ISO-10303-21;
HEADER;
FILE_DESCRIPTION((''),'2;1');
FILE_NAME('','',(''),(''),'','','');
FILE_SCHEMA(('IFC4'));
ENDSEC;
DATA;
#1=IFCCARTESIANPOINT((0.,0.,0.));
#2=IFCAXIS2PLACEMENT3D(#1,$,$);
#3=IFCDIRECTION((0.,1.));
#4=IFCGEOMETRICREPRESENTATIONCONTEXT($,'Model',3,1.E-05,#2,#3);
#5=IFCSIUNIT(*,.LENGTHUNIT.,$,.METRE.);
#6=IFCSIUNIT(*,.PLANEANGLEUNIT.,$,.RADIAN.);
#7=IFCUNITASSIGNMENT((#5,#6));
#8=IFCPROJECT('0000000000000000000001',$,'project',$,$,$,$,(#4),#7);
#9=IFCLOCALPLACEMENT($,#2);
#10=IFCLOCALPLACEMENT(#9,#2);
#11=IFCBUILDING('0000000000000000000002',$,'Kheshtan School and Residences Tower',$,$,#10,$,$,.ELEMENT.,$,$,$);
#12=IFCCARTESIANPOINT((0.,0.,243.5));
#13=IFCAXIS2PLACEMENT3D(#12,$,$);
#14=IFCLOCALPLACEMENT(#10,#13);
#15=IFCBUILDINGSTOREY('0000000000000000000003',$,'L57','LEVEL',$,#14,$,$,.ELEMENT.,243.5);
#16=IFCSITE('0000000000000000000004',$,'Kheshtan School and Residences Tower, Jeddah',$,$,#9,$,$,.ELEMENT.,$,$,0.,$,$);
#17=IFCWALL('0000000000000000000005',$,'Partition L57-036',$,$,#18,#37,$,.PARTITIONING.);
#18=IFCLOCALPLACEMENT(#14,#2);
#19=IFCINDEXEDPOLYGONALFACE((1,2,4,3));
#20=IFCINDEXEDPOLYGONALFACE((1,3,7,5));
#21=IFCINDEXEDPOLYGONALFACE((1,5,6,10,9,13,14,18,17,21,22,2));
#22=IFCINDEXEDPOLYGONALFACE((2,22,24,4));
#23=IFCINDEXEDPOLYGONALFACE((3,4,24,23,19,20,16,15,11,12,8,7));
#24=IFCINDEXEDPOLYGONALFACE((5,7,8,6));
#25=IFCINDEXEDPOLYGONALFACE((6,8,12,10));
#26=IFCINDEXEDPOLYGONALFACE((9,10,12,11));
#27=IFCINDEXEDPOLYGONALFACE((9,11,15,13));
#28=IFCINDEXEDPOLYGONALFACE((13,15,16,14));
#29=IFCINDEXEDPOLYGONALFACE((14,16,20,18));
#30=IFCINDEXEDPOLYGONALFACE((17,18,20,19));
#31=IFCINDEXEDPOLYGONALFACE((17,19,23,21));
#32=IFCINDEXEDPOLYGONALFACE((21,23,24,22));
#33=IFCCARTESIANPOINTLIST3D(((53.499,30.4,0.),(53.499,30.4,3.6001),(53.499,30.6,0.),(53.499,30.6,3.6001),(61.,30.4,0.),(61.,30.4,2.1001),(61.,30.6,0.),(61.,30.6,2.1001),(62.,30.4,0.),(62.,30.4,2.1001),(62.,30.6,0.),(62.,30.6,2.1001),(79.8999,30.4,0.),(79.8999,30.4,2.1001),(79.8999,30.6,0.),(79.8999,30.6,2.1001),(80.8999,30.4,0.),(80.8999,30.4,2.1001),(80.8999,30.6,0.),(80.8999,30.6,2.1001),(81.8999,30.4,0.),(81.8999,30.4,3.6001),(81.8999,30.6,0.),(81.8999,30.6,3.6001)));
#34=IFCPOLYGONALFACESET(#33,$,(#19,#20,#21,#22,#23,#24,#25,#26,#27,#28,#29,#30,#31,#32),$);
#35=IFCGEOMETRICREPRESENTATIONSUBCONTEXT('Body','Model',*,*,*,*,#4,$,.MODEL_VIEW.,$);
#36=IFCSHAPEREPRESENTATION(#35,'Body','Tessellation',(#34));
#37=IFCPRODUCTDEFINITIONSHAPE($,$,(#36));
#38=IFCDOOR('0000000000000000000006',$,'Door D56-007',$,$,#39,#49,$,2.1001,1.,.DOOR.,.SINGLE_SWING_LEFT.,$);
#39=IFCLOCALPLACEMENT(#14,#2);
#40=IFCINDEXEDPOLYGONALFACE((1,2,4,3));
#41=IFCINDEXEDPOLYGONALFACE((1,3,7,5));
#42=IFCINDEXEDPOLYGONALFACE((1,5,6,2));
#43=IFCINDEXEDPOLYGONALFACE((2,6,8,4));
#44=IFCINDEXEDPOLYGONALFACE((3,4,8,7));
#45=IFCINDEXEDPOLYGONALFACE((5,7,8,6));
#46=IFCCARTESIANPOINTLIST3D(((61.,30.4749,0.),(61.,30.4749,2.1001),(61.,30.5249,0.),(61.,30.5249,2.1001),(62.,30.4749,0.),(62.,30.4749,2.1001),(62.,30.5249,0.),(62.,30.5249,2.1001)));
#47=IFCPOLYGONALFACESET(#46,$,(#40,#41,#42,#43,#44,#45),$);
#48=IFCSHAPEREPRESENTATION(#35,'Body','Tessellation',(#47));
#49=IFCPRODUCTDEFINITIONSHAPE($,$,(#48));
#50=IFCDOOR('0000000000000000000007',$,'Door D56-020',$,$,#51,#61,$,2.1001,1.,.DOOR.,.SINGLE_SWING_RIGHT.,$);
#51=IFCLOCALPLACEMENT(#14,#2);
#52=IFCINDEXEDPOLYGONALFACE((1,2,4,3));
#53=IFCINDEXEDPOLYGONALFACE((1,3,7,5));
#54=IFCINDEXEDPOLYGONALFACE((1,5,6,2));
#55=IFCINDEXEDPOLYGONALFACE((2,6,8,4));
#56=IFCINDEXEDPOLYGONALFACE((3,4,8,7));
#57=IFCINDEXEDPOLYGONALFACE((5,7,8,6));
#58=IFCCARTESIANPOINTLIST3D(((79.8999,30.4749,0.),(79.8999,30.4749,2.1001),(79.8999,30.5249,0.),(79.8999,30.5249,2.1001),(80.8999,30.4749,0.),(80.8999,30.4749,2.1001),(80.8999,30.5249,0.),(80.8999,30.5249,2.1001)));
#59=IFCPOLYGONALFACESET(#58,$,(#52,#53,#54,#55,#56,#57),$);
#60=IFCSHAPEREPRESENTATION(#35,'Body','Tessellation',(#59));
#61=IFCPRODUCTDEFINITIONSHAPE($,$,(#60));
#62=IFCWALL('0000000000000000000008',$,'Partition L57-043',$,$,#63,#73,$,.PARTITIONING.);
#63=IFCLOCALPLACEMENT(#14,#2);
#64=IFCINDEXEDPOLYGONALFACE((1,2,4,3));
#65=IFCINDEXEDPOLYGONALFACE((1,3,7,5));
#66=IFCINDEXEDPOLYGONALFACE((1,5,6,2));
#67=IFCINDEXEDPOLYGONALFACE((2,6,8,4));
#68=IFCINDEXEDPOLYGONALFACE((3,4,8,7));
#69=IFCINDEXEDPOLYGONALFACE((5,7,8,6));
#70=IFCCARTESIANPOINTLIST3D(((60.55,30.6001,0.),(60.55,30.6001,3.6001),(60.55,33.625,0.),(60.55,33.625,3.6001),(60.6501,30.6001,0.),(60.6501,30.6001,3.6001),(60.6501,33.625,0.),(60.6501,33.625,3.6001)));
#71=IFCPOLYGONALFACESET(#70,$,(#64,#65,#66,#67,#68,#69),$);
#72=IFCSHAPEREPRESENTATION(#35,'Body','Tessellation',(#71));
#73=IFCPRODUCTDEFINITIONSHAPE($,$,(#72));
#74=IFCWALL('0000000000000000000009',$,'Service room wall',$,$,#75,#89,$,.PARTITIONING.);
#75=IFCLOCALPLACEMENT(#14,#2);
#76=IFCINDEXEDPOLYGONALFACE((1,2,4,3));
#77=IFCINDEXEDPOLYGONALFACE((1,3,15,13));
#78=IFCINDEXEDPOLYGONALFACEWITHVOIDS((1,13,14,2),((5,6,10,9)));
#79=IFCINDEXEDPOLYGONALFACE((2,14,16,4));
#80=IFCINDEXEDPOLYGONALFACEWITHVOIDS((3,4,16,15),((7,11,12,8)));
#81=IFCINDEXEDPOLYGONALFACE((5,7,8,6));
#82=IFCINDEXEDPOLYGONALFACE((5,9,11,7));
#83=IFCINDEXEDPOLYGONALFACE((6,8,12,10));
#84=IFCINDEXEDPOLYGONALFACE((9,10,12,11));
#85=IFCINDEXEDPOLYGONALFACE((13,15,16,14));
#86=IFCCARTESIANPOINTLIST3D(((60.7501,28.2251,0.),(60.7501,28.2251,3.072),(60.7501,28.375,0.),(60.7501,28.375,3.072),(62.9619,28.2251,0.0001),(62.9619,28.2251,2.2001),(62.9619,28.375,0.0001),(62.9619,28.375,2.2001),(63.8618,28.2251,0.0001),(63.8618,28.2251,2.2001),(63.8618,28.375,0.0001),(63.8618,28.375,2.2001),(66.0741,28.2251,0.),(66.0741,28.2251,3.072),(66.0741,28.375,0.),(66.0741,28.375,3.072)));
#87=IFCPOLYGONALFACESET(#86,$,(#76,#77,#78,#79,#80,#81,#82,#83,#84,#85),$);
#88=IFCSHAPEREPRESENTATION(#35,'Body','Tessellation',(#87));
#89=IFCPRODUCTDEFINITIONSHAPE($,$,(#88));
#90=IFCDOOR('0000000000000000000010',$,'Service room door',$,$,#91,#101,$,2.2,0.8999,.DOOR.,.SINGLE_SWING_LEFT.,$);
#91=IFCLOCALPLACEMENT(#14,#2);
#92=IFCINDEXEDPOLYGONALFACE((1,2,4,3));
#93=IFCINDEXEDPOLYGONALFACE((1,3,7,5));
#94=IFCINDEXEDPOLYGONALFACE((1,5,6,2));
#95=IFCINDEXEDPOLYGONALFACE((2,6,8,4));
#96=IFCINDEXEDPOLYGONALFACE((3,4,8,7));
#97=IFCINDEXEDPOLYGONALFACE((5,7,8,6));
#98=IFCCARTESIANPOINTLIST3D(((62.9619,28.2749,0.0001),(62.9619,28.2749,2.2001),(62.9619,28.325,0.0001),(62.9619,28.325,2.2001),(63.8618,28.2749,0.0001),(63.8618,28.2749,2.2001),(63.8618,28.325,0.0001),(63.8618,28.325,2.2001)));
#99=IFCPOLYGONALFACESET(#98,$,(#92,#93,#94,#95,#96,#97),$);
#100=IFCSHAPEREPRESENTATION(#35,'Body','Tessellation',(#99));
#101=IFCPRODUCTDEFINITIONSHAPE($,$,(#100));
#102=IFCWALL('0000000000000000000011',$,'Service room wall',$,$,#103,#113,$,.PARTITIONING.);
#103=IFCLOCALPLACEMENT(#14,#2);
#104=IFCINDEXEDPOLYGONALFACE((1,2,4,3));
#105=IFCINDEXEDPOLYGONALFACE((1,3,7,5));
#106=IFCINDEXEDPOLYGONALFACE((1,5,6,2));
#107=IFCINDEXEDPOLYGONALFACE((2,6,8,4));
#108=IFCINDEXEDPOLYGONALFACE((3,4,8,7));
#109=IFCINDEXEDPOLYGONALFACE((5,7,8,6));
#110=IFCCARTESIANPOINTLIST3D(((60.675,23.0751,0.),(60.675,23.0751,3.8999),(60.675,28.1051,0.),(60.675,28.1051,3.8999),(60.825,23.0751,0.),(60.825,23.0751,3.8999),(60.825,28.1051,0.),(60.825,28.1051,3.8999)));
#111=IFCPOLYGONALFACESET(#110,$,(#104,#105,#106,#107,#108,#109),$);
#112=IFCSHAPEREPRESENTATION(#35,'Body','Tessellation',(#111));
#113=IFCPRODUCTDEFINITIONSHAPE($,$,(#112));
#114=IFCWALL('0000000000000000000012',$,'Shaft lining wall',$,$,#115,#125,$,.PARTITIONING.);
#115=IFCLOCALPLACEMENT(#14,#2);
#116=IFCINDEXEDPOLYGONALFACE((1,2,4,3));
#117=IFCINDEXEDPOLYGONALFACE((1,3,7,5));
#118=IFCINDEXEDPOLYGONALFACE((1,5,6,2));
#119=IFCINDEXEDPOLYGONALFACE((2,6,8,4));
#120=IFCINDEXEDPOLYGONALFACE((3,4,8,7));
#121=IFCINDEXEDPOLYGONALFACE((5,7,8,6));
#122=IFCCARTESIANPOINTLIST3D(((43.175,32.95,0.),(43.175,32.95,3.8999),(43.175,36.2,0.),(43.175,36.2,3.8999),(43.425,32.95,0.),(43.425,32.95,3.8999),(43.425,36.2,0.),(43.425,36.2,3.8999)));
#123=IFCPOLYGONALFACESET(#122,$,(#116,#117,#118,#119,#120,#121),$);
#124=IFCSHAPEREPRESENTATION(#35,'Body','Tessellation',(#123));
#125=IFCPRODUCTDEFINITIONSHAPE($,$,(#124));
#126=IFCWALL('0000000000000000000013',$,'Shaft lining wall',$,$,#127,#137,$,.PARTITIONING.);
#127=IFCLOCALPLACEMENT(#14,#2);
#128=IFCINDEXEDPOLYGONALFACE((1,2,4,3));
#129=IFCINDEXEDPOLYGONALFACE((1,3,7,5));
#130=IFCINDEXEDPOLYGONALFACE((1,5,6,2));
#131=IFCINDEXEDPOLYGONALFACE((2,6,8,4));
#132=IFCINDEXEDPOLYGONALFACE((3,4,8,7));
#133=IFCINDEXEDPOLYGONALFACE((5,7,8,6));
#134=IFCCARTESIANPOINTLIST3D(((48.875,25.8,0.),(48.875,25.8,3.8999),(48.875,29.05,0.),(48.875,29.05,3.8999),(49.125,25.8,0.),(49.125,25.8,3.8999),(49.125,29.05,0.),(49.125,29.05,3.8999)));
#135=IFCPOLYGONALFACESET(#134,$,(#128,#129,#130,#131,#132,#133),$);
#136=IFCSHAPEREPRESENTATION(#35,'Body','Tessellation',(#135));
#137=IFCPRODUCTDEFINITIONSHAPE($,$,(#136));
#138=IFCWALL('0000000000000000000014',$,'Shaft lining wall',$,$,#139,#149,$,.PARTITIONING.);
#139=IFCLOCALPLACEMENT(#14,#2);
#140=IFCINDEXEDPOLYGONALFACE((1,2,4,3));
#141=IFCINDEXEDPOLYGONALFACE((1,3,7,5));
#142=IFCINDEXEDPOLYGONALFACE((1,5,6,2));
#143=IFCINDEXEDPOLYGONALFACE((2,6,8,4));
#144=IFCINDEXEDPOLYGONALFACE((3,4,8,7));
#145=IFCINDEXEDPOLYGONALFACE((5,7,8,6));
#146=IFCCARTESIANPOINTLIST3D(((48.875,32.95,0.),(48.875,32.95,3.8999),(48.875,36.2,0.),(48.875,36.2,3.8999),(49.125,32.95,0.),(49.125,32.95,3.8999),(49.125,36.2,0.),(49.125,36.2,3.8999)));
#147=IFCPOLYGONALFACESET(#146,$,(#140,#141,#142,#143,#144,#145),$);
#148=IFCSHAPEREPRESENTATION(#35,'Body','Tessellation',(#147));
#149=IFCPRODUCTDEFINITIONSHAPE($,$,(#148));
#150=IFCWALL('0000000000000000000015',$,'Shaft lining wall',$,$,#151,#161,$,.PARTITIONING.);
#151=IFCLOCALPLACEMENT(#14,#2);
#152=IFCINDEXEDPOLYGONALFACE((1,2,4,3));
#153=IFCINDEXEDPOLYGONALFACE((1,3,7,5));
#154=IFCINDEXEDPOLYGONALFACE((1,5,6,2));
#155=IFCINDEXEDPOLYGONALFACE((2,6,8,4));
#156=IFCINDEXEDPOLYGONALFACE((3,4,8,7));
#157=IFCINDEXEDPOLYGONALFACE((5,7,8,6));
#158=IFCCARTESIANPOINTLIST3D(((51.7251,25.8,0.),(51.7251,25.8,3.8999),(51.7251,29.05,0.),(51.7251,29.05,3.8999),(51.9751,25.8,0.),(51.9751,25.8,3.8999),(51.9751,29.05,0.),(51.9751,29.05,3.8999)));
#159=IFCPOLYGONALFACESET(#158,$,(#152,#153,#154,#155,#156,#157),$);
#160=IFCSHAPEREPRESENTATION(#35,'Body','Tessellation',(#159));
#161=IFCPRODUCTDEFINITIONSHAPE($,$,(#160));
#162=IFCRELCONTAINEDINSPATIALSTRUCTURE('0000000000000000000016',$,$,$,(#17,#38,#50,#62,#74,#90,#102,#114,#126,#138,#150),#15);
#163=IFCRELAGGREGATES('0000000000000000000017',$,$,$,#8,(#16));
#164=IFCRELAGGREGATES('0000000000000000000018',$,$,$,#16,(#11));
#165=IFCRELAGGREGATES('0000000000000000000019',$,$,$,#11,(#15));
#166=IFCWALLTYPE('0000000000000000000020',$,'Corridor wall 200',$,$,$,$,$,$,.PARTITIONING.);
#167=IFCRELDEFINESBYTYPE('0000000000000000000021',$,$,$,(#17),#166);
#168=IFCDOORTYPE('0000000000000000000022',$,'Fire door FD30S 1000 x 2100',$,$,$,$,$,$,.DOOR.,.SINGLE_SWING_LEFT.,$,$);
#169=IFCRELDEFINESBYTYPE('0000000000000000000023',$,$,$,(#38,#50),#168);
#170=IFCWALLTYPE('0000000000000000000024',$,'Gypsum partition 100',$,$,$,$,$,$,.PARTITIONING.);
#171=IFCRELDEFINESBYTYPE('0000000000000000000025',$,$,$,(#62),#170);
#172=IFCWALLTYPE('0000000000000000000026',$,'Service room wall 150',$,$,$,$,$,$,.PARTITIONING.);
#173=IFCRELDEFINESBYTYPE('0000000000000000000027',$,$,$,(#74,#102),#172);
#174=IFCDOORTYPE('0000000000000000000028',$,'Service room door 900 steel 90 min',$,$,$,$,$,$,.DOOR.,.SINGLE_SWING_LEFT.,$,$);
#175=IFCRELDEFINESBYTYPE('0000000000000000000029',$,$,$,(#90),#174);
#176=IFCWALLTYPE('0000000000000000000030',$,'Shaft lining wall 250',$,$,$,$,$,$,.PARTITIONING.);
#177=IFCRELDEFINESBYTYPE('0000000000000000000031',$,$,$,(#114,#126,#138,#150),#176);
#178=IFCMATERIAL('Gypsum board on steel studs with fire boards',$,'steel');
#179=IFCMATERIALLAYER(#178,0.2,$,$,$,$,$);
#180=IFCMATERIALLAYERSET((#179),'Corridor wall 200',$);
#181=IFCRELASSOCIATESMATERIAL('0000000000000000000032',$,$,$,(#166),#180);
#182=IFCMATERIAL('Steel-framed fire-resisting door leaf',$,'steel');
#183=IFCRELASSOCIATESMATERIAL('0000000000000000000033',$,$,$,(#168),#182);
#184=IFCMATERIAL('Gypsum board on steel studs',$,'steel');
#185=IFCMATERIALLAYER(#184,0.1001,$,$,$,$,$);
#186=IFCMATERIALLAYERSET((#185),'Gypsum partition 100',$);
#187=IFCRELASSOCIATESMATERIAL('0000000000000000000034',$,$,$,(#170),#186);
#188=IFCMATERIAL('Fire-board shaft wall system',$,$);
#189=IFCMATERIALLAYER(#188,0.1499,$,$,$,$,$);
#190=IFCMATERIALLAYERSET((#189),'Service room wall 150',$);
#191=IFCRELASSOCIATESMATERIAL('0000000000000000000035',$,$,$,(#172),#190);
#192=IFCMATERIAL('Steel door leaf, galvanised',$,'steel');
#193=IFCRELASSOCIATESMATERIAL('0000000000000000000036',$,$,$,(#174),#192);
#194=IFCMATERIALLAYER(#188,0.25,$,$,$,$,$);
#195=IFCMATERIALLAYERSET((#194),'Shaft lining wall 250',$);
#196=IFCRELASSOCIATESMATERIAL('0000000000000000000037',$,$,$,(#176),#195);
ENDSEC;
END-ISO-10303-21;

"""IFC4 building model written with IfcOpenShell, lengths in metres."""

from ifc_helpers import new_model, si_unit, direction, frame, frame_2d, origin, place, context, subcontext, project, spatial, rectangle, extrude, source, transform, mapped, material, layer, layer_set, type_object, element, fill, save


model = new_model("IFC4")

# Units and contexts
model_context = context("Model", 3, precision=1e-05, world=origin(), true_north=direction((0.0, 1.0)))
body_context = subcontext(model_context, "Body", "Model", "MODEL_VIEW")
ifc_project = project(units=[si_unit("LENGTHUNIT", "METRE"), si_unit("PLANEANGLEUNIT", "RADIAN")], contexts=[model_context])

# Site, building, storey
site_placement = place(None, origin())
site = spatial("IfcSite", under=ifc_project, at=site_placement, Name="Kheshtan School and Residences Tower, Jeddah", CompositionType="ELEMENT", RefElevation=0.0)
building_placement = place(site_placement, origin())
building = spatial("IfcBuilding", under=site, at=building_placement, Name="Kheshtan School and Residences Tower", CompositionType="ELEMENT")
storey_placement = place(building_placement, frame((0.0, 0.0, 243.5)))
storey = spatial("IfcBuildingStorey", under=building, at=storey_placement, Name="L57", Description="LEVEL", CompositionType="ELEMENT", Elevation=243.5)

# Shared definitions
ifc_material_1 = material(Name="Gypsum board on steel studs with fire boards", Category="steel")
ifc_layer_1 = layer(ifc_material_1, 0.2)
ifc_layer_set_1 = layer_set([ifc_layer_1], Name="Corridor wall 200")
wall_type_1 = type_object("IfcWallType", Name="Corridor wall 200", PredefinedType="PARTITIONING", material=ifc_layer_set_1)
ifc_material_2 = material(Name="Steel-framed fire-resisting door leaf", Category="steel")

# Wall, openings, doors
wall_1_placement = place(storey_placement, frame((53.499, 30.5, 0.0), z_axis=(0.0, 0.0, 1.0), x_axis=(1.0, 0.0, 0.0)))
wall_1 = element("IfcWall", 1, at=wall_1_placement, inside=storey, type_object=wall_type_1, Name="Partition L57-036", PredefinedType="PARTITIONING", context=body_context, shape_type="SweptSolid", body=[
    extrude(rectangle(XDim=28.4009, YDim=0.2, at=frame_2d((14.2004, 0.0))), origin(), (0.0, 0.0, 1.0), 3.6001),
])
opening_1_placement = place(wall_1_placement, frame((7.501, 0.0, 0.0)))
opening_1 = element("IfcOpeningElement", 2, at=opening_1_placement, cuts=wall_1, PredefinedType="OPENING", context=body_context, shape_type="SweptSolid", body=[
    extrude(rectangle(XDim=1.0, YDim=2.1001, at=frame_2d((0.5, 1.05))), frame((0.0, 0.1099, 0.0), z_axis=(0.0, -1.0, 0.0), x_axis=(1.0, 0.0, 0.0)), (0.0, 0.0, 1.0), 0.22),
])
opening_2_placement = place(wall_1_placement, frame((26.4009, 0.0, 0.0)))
opening_2 = element("IfcOpeningElement", 3, at=opening_2_placement, cuts=wall_1, PredefinedType="OPENING", context=body_context, shape_type="SweptSolid", body=[
    extrude(rectangle(XDim=1.0, YDim=2.1001, at=frame_2d((0.5, 1.05))), frame((0.0, 0.1099, 0.0), z_axis=(0.0, -1.0, 0.0), x_axis=(1.0, 0.0, 0.0)), (0.0, 0.0, 1.0), 0.22),
])
door_type_1 = type_object("IfcDoorType", Name="Fire door FD30S 1000 x 2100", OperationType="SINGLE_SWING_LEFT", PredefinedType="DOOR", material=ifc_material_2)
shared_shape_1 = source(origin(), body_context, "Body", "SweptSolid", [
    extrude(rectangle(XDim=1.0, YDim=2.1001, at=frame_2d((0.5, 1.05))), frame((0.0, 0.0249, 0.0), z_axis=(0.0, -1.0, 0.0), x_axis=(1.0, 0.0, 0.0)), (0.0, 0.0, 1.0), 0.05),
])
door_1_placement = place(opening_1_placement, origin())
door_1 = element("IfcDoor", 4, at=door_1_placement, inside=storey, type_object=door_type_1, Name="Door D56-007", OperationType="SINGLE_SWING_LEFT", OverallHeight=2.1001, OverallWidth=1.0, PredefinedType="DOOR", context=body_context, shape_type="MappedRepresentation", body=[
    mapped(shared_shape_1, transform((0.0, 0.0, 0.0), x_axis=(1.0, 0.0, 0.0), y_axis=(0.0, 1.0, 0.0), z_axis=(0.0, 0.0, 1.0), scale=1.0)),
])
fill(opening_1, door_1)
door_2_placement = place(opening_2_placement, origin())
door_2 = element("IfcDoor", 5, at=door_2_placement, inside=storey, type_object=door_type_1, Name="Door D56-020", OperationType="SINGLE_SWING_RIGHT", OverallHeight=2.1001, OverallWidth=1.0, PredefinedType="DOOR", context=body_context, shape_type="MappedRepresentation", body=[
    mapped(shared_shape_1, transform((0.0, 0.0, 0.0), x_axis=(1.0, 0.0, 0.0), y_axis=(0.0, 1.0, 0.0), z_axis=(0.0, 0.0, 1.0), scale=1.0)),
])
fill(opening_2, door_2)

# Wall
ifc_material_3 = material(Name="Gypsum board on steel studs", Category="steel")
ifc_layer_2 = layer(ifc_material_3, 0.1001)
ifc_layer_set_2 = layer_set([ifc_layer_2], Name="Gypsum partition 100")
wall_type_2 = type_object("IfcWallType", Name="Gypsum partition 100", PredefinedType="PARTITIONING", material=ifc_layer_set_2)
wall_2_placement = place(storey_placement, frame((60.6001, 30.6001, 0.0), z_axis=(0.0, 0.0, 1.0), x_axis=(0.0, 1.0, 0.0)))
element("IfcWall", 6, at=wall_2_placement, inside=storey, type_object=wall_type_2, Name="Partition L57-043", PredefinedType="PARTITIONING", context=body_context, shape_type="SweptSolid", body=[
    extrude(rectangle(XDim=3.0249, YDim=0.1001, at=frame_2d((1.5125, 0.0))), origin(), (0.0, 0.0, 1.0), 3.6001),
])

# Wall, opening, door
ifc_material_4 = material(Name="Fire-board shaft wall system")
ifc_layer_3 = layer(ifc_material_4, 0.1499)
ifc_layer_set_3 = layer_set([ifc_layer_3], Name="Service room wall 150")
wall_type_3 = type_object("IfcWallType", Name="Service room wall 150", PredefinedType="PARTITIONING", material=ifc_layer_set_3)
wall_3_placement = place(storey_placement, frame((60.75, 28.3, 0.0), z_axis=(0.0, 0.0, 1.0), x_axis=(1.0, 0.0, 0.0)))
wall_3 = element("IfcWall", 7, at=wall_3_placement, inside=storey, type_object=wall_type_3, Name="Service room wall", PredefinedType="PARTITIONING", context=body_context, shape_type="SweptSolid", body=[
    extrude(rectangle(XDim=5.324, YDim=0.1499, at=frame_2d((2.6621, 0.0))), origin(), (0.0, 0.0, 1.0), 3.072),
])
opening_3_placement = place(wall_3_placement, frame((2.2119, 0.0, 0.0)))
opening_3 = element("IfcOpeningElement", 8, at=opening_3_placement, cuts=wall_3, PredefinedType="OPENING", context=body_context, shape_type="SweptSolid", body=[
    extrude(rectangle(XDim=0.8999, YDim=2.2, at=frame_2d((0.45, 1.1001))), frame((0.0, 0.085, 0.0), z_axis=(0.0, -1.0, 0.0), x_axis=(1.0, 0.0, 0.0)), (0.0, 0.0, 1.0), 0.1699),
])
ifc_material_5 = material(Name="Steel door leaf, galvanised", Category="steel")
door_type_2 = type_object("IfcDoorType", Name="Service room door 900 steel 90 min", OperationType="SINGLE_SWING_LEFT", PredefinedType="DOOR", material=ifc_material_5)
shared_shape_2 = source(origin(), body_context, "Body", "SweptSolid", [
    extrude(rectangle(XDim=0.8999, YDim=2.2, at=frame_2d((0.45, 1.1001))), frame((0.0, 0.0249, 0.0), z_axis=(0.0, -1.0, 0.0), x_axis=(1.0, 0.0, 0.0)), (0.0, 0.0, 1.0), 0.05),
])
door_3_placement = place(opening_3_placement, origin())
door_3 = element("IfcDoor", 9, at=door_3_placement, inside=storey, type_object=door_type_2, Name="Service room door", OperationType="SINGLE_SWING_LEFT", OverallHeight=2.2, OverallWidth=0.8999, PredefinedType="DOOR", context=body_context, shape_type="MappedRepresentation", body=[
    mapped(shared_shape_2, transform((0.0, 0.0, 0.0), x_axis=(1.0, 0.0, 0.0), y_axis=(0.0, 1.0, 0.0), z_axis=(0.0, 0.0, 1.0), scale=1.0)),
])
fill(opening_3, door_3)

# Walls
wall_4_placement = place(storey_placement, frame((60.75, 23.075, 0.0), z_axis=(0.0, 0.0, 1.0), x_axis=(0.0, 1.0, 0.0)))
element("IfcWall", 10, at=wall_4_placement, inside=storey, type_object=wall_type_3, Name="Service room wall", PredefinedType="PARTITIONING", context=body_context, shape_type="SweptSolid", body=[
    extrude(rectangle(XDim=5.03, YDim=0.1499, at=frame_2d((2.5151, 0.0))), origin(), (0.0, 0.0, 1.0), 3.8999),
])
ifc_layer_4 = layer(ifc_material_4, 0.25)
ifc_layer_set_4 = layer_set([ifc_layer_4], Name="Shaft lining wall 250")
wall_type_4 = type_object("IfcWallType", Name="Shaft lining wall 250", PredefinedType="PARTITIONING", material=ifc_layer_set_4)
for number, where, z_axis, x_axis, name in (
    (11, (43.3, 32.95, 0.0), (0.0, 0.0, 1.0), (0.0, 1.0, 0.0), "Shaft lining wall"),
    (12, (49.0, 25.8, 0.0), (0.0, 0.0, 1.0), (0.0, 1.0, 0.0), "Shaft lining wall"),
    (13, (49.0, 32.95, 0.0), (0.0, 0.0, 1.0), (0.0, 1.0, 0.0), "Shaft lining wall"),
    (14, (51.8501, 25.8, 0.0), (0.0, 0.0, 1.0), (0.0, 1.0, 0.0), "Shaft lining wall"),
):
    element("IfcWall", number, at=place(storey_placement, frame(where, z_axis=z_axis, x_axis=x_axis)), inside=storey, type_object=wall_type_4, Name=name, PredefinedType="PARTITIONING", context=body_context, shape_type="SweptSolid", body=[
        extrude(rectangle(XDim=3.25, YDim=0.25, at=frame_2d((1.625, 0.0))), origin(), (0.0, 0.0, 1.0), 3.8999),
    ])

save(model, "model.ifc")
